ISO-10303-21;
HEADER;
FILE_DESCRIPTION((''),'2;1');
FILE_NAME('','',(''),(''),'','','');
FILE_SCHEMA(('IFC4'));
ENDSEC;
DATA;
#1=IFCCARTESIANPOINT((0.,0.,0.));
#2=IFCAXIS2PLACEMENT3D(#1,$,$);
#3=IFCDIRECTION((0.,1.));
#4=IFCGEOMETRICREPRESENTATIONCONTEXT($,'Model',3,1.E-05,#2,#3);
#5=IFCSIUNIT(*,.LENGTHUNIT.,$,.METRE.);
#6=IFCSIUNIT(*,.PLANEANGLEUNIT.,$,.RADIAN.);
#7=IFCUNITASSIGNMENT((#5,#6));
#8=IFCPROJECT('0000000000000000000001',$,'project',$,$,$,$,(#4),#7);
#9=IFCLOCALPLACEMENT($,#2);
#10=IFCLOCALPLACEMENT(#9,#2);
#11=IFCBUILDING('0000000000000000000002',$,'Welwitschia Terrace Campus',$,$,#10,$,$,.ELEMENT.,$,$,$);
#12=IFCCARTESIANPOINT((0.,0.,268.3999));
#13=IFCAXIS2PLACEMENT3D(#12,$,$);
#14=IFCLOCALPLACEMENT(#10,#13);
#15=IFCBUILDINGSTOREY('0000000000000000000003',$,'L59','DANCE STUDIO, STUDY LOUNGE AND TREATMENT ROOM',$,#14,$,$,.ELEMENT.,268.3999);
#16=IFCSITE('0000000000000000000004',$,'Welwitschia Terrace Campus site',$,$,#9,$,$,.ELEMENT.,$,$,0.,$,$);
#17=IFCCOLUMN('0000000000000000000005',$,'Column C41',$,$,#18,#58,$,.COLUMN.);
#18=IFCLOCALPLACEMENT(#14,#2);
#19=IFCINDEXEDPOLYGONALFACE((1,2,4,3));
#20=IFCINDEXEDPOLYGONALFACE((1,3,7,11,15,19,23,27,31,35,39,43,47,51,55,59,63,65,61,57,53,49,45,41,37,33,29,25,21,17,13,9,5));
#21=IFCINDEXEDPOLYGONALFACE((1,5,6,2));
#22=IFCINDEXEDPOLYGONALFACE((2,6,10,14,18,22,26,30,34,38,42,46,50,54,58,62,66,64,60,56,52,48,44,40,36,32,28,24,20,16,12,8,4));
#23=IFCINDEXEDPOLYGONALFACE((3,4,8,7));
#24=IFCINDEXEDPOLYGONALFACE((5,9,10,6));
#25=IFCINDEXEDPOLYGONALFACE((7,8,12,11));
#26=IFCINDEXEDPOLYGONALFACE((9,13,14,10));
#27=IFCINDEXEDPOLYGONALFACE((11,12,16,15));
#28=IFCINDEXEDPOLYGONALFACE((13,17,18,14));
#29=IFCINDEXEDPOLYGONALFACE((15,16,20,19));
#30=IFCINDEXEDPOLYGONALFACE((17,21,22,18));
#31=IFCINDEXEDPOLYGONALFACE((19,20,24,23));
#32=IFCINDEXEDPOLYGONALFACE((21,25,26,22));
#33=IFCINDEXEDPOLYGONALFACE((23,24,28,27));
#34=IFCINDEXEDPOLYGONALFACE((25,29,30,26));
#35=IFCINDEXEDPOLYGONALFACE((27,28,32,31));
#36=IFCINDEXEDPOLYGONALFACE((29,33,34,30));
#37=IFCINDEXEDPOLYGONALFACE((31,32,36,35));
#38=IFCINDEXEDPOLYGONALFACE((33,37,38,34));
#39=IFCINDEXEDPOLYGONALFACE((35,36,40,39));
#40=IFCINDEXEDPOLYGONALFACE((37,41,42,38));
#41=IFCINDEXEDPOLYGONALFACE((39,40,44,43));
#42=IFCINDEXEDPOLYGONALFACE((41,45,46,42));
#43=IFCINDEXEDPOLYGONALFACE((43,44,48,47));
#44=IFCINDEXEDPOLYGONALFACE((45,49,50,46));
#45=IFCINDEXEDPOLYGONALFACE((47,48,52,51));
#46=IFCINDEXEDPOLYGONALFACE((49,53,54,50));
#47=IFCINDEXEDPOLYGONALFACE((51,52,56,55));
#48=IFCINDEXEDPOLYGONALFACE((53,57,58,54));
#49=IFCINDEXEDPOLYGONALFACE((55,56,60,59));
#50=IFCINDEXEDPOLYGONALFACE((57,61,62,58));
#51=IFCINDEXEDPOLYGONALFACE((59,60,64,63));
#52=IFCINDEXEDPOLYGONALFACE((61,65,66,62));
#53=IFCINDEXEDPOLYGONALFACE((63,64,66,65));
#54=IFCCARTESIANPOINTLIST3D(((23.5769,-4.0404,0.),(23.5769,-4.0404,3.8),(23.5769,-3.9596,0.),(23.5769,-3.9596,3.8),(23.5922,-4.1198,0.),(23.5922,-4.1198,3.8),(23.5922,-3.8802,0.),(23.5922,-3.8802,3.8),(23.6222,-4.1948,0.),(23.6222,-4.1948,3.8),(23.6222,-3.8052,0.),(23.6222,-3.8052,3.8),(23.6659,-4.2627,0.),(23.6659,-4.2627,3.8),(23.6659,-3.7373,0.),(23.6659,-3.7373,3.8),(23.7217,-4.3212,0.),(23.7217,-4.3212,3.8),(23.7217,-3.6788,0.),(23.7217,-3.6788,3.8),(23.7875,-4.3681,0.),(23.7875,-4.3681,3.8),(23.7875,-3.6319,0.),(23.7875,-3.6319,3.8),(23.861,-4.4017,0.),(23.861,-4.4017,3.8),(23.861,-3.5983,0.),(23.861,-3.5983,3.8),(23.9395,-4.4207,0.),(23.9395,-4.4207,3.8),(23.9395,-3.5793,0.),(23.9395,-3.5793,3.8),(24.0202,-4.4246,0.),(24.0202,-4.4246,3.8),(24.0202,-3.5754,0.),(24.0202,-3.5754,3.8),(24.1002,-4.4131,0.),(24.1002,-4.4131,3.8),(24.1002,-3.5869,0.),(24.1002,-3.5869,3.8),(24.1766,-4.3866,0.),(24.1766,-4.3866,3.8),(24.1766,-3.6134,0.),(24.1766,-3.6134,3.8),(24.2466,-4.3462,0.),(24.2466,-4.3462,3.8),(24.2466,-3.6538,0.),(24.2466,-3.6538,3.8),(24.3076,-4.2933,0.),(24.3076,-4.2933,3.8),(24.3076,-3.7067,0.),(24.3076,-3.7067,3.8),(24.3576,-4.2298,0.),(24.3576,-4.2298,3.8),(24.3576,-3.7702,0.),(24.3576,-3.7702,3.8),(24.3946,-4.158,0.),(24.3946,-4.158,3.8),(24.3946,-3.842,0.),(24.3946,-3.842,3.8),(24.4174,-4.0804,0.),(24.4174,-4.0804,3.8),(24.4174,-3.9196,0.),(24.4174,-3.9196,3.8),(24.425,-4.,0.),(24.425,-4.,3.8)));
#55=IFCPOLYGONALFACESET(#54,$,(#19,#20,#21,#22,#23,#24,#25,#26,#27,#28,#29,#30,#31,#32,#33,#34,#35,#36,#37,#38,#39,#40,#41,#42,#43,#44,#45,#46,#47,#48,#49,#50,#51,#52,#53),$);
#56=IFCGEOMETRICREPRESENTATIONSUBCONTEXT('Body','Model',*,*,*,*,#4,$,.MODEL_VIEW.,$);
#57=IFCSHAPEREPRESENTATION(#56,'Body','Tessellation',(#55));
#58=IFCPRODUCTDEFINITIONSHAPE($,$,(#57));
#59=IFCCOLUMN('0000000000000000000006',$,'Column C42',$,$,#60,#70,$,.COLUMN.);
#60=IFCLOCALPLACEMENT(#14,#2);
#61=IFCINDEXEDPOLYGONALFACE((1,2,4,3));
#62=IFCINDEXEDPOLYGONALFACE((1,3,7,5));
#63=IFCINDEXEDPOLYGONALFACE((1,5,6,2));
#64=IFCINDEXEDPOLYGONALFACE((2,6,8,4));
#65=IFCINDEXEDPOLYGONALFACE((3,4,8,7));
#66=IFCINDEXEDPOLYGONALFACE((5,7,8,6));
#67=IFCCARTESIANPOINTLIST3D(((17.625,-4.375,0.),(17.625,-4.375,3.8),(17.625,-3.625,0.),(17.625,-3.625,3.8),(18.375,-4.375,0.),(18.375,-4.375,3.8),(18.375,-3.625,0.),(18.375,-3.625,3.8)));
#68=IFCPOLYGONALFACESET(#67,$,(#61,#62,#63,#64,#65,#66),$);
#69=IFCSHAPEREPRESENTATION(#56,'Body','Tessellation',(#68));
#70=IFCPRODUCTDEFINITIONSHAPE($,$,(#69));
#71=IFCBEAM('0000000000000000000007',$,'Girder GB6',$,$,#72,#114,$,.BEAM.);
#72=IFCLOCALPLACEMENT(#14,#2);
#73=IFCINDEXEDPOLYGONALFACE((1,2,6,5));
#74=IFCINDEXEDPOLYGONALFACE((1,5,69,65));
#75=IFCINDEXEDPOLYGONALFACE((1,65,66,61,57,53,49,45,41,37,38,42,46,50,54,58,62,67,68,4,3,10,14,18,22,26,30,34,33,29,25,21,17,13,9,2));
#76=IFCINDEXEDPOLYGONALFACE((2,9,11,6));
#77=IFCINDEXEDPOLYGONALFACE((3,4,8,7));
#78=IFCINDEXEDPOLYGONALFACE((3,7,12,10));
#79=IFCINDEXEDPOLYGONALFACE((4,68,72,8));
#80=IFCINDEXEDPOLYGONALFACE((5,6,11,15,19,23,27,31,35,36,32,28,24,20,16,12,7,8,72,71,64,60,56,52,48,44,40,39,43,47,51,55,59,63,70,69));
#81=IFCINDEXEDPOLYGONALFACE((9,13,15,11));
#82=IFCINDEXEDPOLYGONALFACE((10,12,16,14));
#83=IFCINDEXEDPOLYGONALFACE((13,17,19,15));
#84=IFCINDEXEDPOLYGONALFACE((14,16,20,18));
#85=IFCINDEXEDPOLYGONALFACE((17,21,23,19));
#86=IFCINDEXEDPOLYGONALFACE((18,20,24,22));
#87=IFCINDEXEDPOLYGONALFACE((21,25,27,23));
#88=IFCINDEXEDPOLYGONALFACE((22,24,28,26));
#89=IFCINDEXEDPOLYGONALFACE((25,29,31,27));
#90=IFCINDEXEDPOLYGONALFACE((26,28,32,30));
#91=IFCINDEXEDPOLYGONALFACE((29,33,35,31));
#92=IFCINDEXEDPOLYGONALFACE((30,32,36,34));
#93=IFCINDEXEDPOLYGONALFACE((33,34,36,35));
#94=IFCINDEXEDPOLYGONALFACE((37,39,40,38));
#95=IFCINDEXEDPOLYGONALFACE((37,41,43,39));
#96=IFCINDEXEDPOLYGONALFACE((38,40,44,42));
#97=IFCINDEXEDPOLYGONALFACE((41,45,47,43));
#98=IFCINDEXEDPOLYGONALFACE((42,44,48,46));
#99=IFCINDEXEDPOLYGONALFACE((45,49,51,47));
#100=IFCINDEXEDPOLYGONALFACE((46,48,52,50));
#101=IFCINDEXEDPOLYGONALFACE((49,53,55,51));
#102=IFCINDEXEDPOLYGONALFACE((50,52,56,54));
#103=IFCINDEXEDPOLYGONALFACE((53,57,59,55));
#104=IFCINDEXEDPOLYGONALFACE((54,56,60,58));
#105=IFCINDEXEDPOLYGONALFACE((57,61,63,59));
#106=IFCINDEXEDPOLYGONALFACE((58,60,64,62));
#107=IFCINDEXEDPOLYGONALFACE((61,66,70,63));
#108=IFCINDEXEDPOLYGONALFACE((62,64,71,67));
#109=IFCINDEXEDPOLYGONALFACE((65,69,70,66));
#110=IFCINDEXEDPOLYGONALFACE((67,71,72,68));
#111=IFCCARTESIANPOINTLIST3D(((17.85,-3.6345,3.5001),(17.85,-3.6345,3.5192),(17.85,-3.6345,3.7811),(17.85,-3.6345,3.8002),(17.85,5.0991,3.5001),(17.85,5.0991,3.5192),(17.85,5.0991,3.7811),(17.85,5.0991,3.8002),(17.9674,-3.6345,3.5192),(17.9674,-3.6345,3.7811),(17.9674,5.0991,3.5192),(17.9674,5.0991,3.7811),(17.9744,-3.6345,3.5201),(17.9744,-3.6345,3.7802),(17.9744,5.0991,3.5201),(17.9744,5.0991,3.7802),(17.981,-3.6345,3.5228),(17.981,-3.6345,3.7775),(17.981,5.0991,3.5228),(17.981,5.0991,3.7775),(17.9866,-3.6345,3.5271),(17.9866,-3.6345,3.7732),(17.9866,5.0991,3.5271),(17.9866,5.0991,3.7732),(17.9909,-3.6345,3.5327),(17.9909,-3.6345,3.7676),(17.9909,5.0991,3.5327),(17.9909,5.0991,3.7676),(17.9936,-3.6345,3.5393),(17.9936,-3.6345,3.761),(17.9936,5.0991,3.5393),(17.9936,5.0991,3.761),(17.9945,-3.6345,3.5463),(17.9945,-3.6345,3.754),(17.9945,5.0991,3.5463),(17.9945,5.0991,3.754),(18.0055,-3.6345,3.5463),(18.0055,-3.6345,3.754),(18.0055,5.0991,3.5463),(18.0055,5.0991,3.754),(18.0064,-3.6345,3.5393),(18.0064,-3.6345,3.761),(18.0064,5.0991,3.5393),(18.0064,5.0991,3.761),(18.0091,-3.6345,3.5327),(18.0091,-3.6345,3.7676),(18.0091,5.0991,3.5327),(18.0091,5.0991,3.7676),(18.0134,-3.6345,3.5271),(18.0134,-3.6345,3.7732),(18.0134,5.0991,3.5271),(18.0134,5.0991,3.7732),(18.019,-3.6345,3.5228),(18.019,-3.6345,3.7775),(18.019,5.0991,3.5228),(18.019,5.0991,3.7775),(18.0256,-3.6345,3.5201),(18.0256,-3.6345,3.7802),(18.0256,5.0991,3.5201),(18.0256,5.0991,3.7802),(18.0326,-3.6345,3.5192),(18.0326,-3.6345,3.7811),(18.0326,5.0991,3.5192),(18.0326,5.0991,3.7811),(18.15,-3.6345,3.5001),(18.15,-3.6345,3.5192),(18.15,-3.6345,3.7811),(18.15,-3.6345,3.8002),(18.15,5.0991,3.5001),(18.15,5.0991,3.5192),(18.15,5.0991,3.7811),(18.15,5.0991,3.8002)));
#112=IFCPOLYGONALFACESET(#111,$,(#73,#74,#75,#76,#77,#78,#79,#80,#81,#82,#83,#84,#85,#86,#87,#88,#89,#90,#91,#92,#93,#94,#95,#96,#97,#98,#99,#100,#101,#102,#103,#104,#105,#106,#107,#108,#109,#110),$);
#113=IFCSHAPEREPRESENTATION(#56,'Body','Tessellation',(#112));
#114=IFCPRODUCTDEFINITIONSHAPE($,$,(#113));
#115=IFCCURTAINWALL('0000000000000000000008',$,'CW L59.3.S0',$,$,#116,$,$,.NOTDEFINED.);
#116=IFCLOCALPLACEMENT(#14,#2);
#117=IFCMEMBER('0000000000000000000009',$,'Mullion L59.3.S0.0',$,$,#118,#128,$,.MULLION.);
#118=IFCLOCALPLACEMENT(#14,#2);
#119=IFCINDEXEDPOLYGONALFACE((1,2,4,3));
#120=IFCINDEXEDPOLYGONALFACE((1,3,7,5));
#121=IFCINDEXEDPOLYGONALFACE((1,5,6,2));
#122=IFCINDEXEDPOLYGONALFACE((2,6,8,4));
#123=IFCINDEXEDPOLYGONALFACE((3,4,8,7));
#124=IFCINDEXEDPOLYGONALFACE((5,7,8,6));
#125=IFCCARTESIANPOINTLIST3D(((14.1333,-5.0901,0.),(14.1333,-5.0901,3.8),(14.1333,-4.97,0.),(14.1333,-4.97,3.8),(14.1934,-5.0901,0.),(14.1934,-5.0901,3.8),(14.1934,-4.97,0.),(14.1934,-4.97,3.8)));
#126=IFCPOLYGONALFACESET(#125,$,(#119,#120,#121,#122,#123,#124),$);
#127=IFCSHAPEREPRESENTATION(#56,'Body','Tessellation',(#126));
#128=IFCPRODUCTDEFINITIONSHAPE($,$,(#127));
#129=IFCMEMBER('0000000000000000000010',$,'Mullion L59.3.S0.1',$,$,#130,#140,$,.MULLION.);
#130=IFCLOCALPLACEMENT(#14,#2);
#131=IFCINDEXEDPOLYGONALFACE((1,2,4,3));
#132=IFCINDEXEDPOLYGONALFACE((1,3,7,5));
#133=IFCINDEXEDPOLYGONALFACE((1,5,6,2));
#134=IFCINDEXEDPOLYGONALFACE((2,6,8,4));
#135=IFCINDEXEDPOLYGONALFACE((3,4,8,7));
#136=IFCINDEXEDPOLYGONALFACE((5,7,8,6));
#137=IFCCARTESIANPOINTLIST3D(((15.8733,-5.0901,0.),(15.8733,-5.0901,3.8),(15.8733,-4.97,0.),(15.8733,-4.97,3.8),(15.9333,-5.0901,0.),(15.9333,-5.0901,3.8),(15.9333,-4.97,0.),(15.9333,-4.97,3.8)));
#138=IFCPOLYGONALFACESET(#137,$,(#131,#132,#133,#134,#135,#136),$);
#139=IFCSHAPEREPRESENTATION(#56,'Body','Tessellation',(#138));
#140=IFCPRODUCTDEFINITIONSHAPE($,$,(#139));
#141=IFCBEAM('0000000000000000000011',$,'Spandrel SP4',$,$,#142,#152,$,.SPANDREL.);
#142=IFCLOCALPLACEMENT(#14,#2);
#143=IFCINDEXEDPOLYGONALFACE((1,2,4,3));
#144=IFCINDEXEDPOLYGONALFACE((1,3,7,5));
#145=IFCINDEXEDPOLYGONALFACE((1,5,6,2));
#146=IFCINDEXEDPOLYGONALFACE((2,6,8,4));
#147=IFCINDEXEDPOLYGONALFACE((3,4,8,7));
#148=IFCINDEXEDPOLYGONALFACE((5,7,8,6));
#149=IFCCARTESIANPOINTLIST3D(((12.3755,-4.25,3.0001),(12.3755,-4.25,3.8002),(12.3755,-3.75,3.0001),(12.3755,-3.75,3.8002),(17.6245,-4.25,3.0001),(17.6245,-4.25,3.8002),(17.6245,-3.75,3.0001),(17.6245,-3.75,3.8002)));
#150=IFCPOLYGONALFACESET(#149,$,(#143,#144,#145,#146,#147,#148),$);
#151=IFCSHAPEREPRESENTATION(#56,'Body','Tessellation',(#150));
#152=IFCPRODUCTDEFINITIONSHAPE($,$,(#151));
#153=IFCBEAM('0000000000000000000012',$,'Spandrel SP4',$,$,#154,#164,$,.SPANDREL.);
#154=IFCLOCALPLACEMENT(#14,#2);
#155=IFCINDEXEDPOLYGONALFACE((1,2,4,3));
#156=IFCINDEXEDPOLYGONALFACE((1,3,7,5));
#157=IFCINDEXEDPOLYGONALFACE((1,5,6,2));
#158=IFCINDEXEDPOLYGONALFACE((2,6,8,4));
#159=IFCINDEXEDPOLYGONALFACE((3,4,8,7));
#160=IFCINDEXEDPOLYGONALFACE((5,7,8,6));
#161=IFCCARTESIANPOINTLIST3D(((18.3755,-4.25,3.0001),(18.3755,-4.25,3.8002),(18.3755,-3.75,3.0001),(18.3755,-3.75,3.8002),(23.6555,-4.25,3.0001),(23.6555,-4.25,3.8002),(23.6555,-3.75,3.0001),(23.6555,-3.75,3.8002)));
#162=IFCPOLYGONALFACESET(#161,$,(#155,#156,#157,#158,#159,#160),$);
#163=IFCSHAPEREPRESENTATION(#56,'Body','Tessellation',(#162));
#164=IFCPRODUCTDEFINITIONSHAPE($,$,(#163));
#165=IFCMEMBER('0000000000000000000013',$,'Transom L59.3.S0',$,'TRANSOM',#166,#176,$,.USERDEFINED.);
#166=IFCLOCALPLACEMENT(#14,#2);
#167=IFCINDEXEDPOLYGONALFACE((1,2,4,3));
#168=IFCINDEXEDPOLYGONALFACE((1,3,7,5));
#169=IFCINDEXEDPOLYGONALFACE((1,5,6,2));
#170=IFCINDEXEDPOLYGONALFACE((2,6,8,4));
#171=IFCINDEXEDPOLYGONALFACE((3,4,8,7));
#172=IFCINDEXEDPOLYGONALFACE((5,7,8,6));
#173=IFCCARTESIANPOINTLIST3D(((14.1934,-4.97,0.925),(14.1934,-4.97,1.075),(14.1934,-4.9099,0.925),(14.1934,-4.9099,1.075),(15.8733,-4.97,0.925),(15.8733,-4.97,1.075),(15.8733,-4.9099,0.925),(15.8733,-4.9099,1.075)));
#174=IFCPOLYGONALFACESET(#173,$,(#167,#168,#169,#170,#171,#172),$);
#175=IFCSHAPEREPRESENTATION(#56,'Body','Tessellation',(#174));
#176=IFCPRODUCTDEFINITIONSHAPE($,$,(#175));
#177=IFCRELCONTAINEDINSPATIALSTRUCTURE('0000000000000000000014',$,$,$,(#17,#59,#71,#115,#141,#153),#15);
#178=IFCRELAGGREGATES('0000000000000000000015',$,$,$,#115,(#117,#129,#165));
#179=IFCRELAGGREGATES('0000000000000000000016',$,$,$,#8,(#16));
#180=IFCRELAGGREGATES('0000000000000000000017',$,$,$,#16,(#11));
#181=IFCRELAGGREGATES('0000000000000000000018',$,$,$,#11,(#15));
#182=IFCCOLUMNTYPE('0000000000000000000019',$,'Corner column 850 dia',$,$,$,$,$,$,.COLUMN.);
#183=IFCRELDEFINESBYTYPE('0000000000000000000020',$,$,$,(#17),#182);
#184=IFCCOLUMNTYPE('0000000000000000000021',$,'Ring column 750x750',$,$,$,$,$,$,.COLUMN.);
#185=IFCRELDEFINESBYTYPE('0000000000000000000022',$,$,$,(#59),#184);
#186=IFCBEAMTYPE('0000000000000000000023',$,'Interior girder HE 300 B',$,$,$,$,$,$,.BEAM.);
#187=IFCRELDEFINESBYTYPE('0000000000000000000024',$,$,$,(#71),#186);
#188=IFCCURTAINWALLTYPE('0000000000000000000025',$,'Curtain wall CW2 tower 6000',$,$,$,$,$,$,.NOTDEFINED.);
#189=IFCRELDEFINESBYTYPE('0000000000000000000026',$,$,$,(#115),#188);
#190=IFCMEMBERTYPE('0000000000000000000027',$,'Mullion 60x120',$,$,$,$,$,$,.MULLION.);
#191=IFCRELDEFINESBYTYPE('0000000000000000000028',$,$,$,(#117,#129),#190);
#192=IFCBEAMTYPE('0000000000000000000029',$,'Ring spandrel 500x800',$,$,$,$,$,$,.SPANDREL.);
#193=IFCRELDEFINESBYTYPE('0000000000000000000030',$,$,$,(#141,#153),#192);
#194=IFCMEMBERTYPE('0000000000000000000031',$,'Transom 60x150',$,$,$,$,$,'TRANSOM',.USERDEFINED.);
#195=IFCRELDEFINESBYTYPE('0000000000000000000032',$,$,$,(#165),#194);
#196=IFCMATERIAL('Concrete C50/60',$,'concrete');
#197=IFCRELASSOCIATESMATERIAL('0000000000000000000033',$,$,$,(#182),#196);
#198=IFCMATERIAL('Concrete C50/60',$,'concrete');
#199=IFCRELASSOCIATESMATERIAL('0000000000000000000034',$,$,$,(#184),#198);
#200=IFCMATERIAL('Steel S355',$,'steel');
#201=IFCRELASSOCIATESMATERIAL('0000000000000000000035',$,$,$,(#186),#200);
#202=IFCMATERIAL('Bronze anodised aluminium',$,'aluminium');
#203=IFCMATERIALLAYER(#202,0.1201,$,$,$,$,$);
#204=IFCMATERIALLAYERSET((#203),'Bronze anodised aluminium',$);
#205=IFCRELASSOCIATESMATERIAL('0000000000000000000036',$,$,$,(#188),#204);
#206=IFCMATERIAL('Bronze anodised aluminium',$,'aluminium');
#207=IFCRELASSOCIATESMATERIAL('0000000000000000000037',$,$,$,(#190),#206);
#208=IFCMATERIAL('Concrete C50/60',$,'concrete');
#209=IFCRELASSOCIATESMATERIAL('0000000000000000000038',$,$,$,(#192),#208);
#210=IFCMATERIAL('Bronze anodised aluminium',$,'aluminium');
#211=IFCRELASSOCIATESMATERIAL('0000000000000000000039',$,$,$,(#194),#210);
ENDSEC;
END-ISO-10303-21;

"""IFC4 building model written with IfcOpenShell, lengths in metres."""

from ifc_helpers import new_model, si_unit, direction, frame, origin, origin_2d, place, context, subcontext, project, spatial, rectangle, circle, i_section, extrude, material, layer, layer_set, material_profile, profile_set, type_object, element, aggregate, save


model = new_model("IFC4")

# Units and contexts
model_context = context("Model", 3, precision=1e-05, world=origin(), true_north=direction((0.0, 1.0)))
body_context = subcontext(model_context, "Body", "Model", "MODEL_VIEW")
ifc_project = project(units=[si_unit("LENGTHUNIT", "METRE"), si_unit("PLANEANGLEUNIT", "RADIAN")], contexts=[model_context])

# Site, building, storey
site_placement = place(None, origin())
site = spatial("IfcSite", under=ifc_project, at=site_placement, Name="Welwitschia Terrace Campus site", CompositionType="ELEMENT", RefElevation=0.0)
building_placement = place(site_placement, origin())
building = spatial("IfcBuilding", under=site, at=building_placement, Name="Welwitschia Terrace Campus", CompositionType="ELEMENT")
storey_placement = place(building_placement, frame((0.0, 0.0, 268.3999)))
storey = spatial("IfcBuildingStorey", under=building, at=storey_placement, Name="L59", Description="DANCE STUDIO, STUDY LOUNGE AND TREATMENT ROOM", CompositionType="ELEMENT", Elevation=268.3999)

# Columns
ifc_material_1 = material(Name="Concrete C50/60", Category="concrete")
ifc_material_profile_1 = material_profile(ifc_material_1, circle(Radius=0.425, at=origin_2d()))
ifc_profile_set_1 = profile_set([ifc_material_profile_1], Name="Concrete C50/60")
column_type_1 = type_object("IfcColumnType", Name="Corner column 850 dia", PredefinedType="COLUMN", material=ifc_profile_set_1)
column_1_placement = place(storey_placement, frame((24.0, -4.0, 0.0), z_axis=(0.0, 0.0, 1.0), x_axis=(1.0, 0.0, 0.0)))
element("IfcColumn", 1, at=column_1_placement, inside=storey, type_object=column_type_1, Name="Column C41", PredefinedType="COLUMN", context=body_context, shape_type="SweptSolid", body=[
    extrude(circle(Radius=0.425, at=origin_2d()), origin(), (0.0, 0.0, 1.0), 3.8),
])
ifc_material_2 = material(Name="Concrete C50/60", Category="concrete")
ifc_material_profile_2 = material_profile(ifc_material_2, rectangle(XDim=0.75, YDim=0.75, at=origin_2d()))
ifc_profile_set_2 = profile_set([ifc_material_profile_2], Name="Concrete C50/60")
column_type_2 = type_object("IfcColumnType", Name="Ring column 750x750", PredefinedType="COLUMN", material=ifc_profile_set_2)
column_2_placement = place(storey_placement, frame((18.0, -4.0, 0.0), z_axis=(0.0, 0.0, 1.0), x_axis=(1.0, 0.0, 0.0)))
element("IfcColumn", 2, at=column_2_placement, inside=storey, type_object=column_type_2, Name="Column C42", PredefinedType="COLUMN", context=body_context, shape_type="SweptSolid", body=[
    extrude(rectangle(XDim=0.75, YDim=0.75, at=origin_2d()), origin(), (0.0, 0.0, 1.0), 3.8),
])

# Beam
ifc_material_3 = material(Name="Steel S355", Category="steel")
ifc_material_profile_3 = material_profile(ifc_material_3, i_section(OverallWidth=0.3, OverallDepth=0.3, WebThickness=0.011, FlangeThickness=0.019, FilletRadius=0.0271, at=origin_2d()))
ifc_profile_set_3 = profile_set([ifc_material_profile_3], Name="Steel S355")
beam_type_1 = type_object("IfcBeamType", Name="Interior girder HE 300 B", PredefinedType="BEAM", material=ifc_profile_set_3)
beam_1_placement = place(storey_placement, frame((18.0, -3.6345, 3.6501), z_axis=(0.0, 1.0, 0.0), x_axis=(-1.0, 0.0, 0.0)))
element("IfcBeam", 3, at=beam_1_placement, inside=storey, type_object=beam_type_1, Name="Girder GB6", PredefinedType="BEAM", context=body_context, shape_type="SweptSolid", body=[
    extrude(i_section(OverallWidth=0.3, OverallDepth=0.3, WebThickness=0.011, FlangeThickness=0.019, FilletRadius=0.0271, at=origin_2d()), origin(), (0.0, 0.0, 1.0), 8.7336),
])

# Curtain wall, members
ifc_material_4 = material(Name="Bronze anodised aluminium", Category="aluminium")
ifc_layer_1 = layer(ifc_material_4, 0.1201)
ifc_layer_set_1 = layer_set([ifc_layer_1], Name="Bronze anodised aluminium")
curtain_wall_type = type_object("IfcCurtainWallType", Name="Curtain wall CW2 tower 6000", PredefinedType="NOTDEFINED", material=ifc_layer_set_1)
curtain_wall_placement = place(storey_placement, origin())
curtain_wall = element("IfcCurtainWall", 4, at=curtain_wall_placement, inside=storey, type_object=curtain_wall_type, Name="CW L59.3.S0", PredefinedType="NOTDEFINED")
ifc_material_5 = material(Name="Bronze anodised aluminium", Category="aluminium")
ifc_material_profile_4 = material_profile(ifc_material_5, rectangle(XDim=0.1201, YDim=0.0601, at=origin_2d()))
ifc_profile_set_4 = profile_set([ifc_material_profile_4], Name="Bronze anodised aluminium")
member_type_1 = type_object("IfcMemberType", Name="Mullion 60x120", PredefinedType="MULLION", material=ifc_profile_set_4)
member_1_placement = place(storey_placement, frame((14.1633, -5.03, 0.0), z_axis=(0.0, 0.0, 1.0), x_axis=(0.0, 1.0, 0.0)))
member_1 = element("IfcMember", 5, at=member_1_placement, type_object=member_type_1, Name="Mullion L59.3.S0.0", PredefinedType="MULLION", context=body_context, shape_type="SweptSolid", body=[
    extrude(rectangle(XDim=0.1201, YDim=0.0601, at=origin_2d()), origin(), (0.0, 0.0, 1.0), 3.8),
])
member_2_placement = place(storey_placement, frame((15.9033, -5.03, 0.0), z_axis=(0.0, 0.0, 1.0), x_axis=(0.0, 1.0, 0.0)))
member_2 = element("IfcMember", 6, at=member_2_placement, type_object=member_type_1, Name="Mullion L59.3.S0.1", PredefinedType="MULLION", context=body_context, shape_type="SweptSolid", body=[
    extrude(rectangle(XDim=0.1201, YDim=0.0601, at=origin_2d()), origin(), (0.0, 0.0, 1.0), 3.8),
])

# Beams
ifc_material_6 = material(Name="Concrete C50/60", Category="concrete")
ifc_material_profile_5 = material_profile(ifc_material_6, rectangle(XDim=0.5, YDim=0.8, at=origin_2d()))
ifc_profile_set_5 = profile_set([ifc_material_profile_5], Name="Concrete C50/60")
beam_type_2 = type_object("IfcBeamType", Name="Ring spandrel 500x800", PredefinedType="SPANDREL", material=ifc_profile_set_5)
beam_2_placement = place(storey_placement, frame((12.3755, -4.0, 3.4001), z_axis=(1.0, 0.0, 0.0), x_axis=(0.0, 1.0, 0.0)))
element("IfcBeam", 7, at=beam_2_placement, inside=storey, type_object=beam_type_2, Name="Spandrel SP4", PredefinedType="SPANDREL", context=body_context, shape_type="SweptSolid", body=[
    extrude(rectangle(XDim=0.5, YDim=0.8, at=origin_2d()), origin(), (0.0, 0.0, 1.0), 5.249),
])
beam_3_placement = place(storey_placement, frame((18.3755, -4.0, 3.4001), z_axis=(1.0, 0.0, 0.0), x_axis=(0.0, 1.0, 0.0)))
element("IfcBeam", 8, at=beam_3_placement, inside=storey, type_object=beam_type_2, Name="Spandrel SP4", PredefinedType="SPANDREL", context=body_context, shape_type="SweptSolid", body=[
    extrude(rectangle(XDim=0.5, YDim=0.8, at=origin_2d()), origin(), (0.0, 0.0, 1.0), 5.28),
])

# Member
ifc_material_7 = material(Name="Bronze anodised aluminium", Category="aluminium")
ifc_material_profile_6 = material_profile(ifc_material_7, rectangle(XDim=0.0601, YDim=0.1499, at=origin_2d()))
ifc_profile_set_6 = profile_set([ifc_material_profile_6], Name="Bronze anodised aluminium")
member_type_2 = type_object("IfcMemberType", Name="Transom 60x150", ElementType="TRANSOM", PredefinedType="USERDEFINED", material=ifc_profile_set_6)
member_3_placement = place(storey_placement, frame((14.1934, -4.9399, 1.0), z_axis=(1.0, 0.0, 0.0), x_axis=(0.0, 1.0, 0.0)))
member_3 = element("IfcMember", 9, at=member_3_placement, type_object=member_type_2, Name="Transom L59.3.S0", ObjectType="TRANSOM", PredefinedType="USERDEFINED", context=body_context, shape_type="SweptSolid", body=[
    extrude(rectangle(XDim=0.0601, YDim=0.1499, at=origin_2d()), origin(), (0.0, 0.0, 1.0), 1.6799),
])

aggregate(curtain_wall, [member_1, member_2, member_3])

save(model, "model.ifc")
